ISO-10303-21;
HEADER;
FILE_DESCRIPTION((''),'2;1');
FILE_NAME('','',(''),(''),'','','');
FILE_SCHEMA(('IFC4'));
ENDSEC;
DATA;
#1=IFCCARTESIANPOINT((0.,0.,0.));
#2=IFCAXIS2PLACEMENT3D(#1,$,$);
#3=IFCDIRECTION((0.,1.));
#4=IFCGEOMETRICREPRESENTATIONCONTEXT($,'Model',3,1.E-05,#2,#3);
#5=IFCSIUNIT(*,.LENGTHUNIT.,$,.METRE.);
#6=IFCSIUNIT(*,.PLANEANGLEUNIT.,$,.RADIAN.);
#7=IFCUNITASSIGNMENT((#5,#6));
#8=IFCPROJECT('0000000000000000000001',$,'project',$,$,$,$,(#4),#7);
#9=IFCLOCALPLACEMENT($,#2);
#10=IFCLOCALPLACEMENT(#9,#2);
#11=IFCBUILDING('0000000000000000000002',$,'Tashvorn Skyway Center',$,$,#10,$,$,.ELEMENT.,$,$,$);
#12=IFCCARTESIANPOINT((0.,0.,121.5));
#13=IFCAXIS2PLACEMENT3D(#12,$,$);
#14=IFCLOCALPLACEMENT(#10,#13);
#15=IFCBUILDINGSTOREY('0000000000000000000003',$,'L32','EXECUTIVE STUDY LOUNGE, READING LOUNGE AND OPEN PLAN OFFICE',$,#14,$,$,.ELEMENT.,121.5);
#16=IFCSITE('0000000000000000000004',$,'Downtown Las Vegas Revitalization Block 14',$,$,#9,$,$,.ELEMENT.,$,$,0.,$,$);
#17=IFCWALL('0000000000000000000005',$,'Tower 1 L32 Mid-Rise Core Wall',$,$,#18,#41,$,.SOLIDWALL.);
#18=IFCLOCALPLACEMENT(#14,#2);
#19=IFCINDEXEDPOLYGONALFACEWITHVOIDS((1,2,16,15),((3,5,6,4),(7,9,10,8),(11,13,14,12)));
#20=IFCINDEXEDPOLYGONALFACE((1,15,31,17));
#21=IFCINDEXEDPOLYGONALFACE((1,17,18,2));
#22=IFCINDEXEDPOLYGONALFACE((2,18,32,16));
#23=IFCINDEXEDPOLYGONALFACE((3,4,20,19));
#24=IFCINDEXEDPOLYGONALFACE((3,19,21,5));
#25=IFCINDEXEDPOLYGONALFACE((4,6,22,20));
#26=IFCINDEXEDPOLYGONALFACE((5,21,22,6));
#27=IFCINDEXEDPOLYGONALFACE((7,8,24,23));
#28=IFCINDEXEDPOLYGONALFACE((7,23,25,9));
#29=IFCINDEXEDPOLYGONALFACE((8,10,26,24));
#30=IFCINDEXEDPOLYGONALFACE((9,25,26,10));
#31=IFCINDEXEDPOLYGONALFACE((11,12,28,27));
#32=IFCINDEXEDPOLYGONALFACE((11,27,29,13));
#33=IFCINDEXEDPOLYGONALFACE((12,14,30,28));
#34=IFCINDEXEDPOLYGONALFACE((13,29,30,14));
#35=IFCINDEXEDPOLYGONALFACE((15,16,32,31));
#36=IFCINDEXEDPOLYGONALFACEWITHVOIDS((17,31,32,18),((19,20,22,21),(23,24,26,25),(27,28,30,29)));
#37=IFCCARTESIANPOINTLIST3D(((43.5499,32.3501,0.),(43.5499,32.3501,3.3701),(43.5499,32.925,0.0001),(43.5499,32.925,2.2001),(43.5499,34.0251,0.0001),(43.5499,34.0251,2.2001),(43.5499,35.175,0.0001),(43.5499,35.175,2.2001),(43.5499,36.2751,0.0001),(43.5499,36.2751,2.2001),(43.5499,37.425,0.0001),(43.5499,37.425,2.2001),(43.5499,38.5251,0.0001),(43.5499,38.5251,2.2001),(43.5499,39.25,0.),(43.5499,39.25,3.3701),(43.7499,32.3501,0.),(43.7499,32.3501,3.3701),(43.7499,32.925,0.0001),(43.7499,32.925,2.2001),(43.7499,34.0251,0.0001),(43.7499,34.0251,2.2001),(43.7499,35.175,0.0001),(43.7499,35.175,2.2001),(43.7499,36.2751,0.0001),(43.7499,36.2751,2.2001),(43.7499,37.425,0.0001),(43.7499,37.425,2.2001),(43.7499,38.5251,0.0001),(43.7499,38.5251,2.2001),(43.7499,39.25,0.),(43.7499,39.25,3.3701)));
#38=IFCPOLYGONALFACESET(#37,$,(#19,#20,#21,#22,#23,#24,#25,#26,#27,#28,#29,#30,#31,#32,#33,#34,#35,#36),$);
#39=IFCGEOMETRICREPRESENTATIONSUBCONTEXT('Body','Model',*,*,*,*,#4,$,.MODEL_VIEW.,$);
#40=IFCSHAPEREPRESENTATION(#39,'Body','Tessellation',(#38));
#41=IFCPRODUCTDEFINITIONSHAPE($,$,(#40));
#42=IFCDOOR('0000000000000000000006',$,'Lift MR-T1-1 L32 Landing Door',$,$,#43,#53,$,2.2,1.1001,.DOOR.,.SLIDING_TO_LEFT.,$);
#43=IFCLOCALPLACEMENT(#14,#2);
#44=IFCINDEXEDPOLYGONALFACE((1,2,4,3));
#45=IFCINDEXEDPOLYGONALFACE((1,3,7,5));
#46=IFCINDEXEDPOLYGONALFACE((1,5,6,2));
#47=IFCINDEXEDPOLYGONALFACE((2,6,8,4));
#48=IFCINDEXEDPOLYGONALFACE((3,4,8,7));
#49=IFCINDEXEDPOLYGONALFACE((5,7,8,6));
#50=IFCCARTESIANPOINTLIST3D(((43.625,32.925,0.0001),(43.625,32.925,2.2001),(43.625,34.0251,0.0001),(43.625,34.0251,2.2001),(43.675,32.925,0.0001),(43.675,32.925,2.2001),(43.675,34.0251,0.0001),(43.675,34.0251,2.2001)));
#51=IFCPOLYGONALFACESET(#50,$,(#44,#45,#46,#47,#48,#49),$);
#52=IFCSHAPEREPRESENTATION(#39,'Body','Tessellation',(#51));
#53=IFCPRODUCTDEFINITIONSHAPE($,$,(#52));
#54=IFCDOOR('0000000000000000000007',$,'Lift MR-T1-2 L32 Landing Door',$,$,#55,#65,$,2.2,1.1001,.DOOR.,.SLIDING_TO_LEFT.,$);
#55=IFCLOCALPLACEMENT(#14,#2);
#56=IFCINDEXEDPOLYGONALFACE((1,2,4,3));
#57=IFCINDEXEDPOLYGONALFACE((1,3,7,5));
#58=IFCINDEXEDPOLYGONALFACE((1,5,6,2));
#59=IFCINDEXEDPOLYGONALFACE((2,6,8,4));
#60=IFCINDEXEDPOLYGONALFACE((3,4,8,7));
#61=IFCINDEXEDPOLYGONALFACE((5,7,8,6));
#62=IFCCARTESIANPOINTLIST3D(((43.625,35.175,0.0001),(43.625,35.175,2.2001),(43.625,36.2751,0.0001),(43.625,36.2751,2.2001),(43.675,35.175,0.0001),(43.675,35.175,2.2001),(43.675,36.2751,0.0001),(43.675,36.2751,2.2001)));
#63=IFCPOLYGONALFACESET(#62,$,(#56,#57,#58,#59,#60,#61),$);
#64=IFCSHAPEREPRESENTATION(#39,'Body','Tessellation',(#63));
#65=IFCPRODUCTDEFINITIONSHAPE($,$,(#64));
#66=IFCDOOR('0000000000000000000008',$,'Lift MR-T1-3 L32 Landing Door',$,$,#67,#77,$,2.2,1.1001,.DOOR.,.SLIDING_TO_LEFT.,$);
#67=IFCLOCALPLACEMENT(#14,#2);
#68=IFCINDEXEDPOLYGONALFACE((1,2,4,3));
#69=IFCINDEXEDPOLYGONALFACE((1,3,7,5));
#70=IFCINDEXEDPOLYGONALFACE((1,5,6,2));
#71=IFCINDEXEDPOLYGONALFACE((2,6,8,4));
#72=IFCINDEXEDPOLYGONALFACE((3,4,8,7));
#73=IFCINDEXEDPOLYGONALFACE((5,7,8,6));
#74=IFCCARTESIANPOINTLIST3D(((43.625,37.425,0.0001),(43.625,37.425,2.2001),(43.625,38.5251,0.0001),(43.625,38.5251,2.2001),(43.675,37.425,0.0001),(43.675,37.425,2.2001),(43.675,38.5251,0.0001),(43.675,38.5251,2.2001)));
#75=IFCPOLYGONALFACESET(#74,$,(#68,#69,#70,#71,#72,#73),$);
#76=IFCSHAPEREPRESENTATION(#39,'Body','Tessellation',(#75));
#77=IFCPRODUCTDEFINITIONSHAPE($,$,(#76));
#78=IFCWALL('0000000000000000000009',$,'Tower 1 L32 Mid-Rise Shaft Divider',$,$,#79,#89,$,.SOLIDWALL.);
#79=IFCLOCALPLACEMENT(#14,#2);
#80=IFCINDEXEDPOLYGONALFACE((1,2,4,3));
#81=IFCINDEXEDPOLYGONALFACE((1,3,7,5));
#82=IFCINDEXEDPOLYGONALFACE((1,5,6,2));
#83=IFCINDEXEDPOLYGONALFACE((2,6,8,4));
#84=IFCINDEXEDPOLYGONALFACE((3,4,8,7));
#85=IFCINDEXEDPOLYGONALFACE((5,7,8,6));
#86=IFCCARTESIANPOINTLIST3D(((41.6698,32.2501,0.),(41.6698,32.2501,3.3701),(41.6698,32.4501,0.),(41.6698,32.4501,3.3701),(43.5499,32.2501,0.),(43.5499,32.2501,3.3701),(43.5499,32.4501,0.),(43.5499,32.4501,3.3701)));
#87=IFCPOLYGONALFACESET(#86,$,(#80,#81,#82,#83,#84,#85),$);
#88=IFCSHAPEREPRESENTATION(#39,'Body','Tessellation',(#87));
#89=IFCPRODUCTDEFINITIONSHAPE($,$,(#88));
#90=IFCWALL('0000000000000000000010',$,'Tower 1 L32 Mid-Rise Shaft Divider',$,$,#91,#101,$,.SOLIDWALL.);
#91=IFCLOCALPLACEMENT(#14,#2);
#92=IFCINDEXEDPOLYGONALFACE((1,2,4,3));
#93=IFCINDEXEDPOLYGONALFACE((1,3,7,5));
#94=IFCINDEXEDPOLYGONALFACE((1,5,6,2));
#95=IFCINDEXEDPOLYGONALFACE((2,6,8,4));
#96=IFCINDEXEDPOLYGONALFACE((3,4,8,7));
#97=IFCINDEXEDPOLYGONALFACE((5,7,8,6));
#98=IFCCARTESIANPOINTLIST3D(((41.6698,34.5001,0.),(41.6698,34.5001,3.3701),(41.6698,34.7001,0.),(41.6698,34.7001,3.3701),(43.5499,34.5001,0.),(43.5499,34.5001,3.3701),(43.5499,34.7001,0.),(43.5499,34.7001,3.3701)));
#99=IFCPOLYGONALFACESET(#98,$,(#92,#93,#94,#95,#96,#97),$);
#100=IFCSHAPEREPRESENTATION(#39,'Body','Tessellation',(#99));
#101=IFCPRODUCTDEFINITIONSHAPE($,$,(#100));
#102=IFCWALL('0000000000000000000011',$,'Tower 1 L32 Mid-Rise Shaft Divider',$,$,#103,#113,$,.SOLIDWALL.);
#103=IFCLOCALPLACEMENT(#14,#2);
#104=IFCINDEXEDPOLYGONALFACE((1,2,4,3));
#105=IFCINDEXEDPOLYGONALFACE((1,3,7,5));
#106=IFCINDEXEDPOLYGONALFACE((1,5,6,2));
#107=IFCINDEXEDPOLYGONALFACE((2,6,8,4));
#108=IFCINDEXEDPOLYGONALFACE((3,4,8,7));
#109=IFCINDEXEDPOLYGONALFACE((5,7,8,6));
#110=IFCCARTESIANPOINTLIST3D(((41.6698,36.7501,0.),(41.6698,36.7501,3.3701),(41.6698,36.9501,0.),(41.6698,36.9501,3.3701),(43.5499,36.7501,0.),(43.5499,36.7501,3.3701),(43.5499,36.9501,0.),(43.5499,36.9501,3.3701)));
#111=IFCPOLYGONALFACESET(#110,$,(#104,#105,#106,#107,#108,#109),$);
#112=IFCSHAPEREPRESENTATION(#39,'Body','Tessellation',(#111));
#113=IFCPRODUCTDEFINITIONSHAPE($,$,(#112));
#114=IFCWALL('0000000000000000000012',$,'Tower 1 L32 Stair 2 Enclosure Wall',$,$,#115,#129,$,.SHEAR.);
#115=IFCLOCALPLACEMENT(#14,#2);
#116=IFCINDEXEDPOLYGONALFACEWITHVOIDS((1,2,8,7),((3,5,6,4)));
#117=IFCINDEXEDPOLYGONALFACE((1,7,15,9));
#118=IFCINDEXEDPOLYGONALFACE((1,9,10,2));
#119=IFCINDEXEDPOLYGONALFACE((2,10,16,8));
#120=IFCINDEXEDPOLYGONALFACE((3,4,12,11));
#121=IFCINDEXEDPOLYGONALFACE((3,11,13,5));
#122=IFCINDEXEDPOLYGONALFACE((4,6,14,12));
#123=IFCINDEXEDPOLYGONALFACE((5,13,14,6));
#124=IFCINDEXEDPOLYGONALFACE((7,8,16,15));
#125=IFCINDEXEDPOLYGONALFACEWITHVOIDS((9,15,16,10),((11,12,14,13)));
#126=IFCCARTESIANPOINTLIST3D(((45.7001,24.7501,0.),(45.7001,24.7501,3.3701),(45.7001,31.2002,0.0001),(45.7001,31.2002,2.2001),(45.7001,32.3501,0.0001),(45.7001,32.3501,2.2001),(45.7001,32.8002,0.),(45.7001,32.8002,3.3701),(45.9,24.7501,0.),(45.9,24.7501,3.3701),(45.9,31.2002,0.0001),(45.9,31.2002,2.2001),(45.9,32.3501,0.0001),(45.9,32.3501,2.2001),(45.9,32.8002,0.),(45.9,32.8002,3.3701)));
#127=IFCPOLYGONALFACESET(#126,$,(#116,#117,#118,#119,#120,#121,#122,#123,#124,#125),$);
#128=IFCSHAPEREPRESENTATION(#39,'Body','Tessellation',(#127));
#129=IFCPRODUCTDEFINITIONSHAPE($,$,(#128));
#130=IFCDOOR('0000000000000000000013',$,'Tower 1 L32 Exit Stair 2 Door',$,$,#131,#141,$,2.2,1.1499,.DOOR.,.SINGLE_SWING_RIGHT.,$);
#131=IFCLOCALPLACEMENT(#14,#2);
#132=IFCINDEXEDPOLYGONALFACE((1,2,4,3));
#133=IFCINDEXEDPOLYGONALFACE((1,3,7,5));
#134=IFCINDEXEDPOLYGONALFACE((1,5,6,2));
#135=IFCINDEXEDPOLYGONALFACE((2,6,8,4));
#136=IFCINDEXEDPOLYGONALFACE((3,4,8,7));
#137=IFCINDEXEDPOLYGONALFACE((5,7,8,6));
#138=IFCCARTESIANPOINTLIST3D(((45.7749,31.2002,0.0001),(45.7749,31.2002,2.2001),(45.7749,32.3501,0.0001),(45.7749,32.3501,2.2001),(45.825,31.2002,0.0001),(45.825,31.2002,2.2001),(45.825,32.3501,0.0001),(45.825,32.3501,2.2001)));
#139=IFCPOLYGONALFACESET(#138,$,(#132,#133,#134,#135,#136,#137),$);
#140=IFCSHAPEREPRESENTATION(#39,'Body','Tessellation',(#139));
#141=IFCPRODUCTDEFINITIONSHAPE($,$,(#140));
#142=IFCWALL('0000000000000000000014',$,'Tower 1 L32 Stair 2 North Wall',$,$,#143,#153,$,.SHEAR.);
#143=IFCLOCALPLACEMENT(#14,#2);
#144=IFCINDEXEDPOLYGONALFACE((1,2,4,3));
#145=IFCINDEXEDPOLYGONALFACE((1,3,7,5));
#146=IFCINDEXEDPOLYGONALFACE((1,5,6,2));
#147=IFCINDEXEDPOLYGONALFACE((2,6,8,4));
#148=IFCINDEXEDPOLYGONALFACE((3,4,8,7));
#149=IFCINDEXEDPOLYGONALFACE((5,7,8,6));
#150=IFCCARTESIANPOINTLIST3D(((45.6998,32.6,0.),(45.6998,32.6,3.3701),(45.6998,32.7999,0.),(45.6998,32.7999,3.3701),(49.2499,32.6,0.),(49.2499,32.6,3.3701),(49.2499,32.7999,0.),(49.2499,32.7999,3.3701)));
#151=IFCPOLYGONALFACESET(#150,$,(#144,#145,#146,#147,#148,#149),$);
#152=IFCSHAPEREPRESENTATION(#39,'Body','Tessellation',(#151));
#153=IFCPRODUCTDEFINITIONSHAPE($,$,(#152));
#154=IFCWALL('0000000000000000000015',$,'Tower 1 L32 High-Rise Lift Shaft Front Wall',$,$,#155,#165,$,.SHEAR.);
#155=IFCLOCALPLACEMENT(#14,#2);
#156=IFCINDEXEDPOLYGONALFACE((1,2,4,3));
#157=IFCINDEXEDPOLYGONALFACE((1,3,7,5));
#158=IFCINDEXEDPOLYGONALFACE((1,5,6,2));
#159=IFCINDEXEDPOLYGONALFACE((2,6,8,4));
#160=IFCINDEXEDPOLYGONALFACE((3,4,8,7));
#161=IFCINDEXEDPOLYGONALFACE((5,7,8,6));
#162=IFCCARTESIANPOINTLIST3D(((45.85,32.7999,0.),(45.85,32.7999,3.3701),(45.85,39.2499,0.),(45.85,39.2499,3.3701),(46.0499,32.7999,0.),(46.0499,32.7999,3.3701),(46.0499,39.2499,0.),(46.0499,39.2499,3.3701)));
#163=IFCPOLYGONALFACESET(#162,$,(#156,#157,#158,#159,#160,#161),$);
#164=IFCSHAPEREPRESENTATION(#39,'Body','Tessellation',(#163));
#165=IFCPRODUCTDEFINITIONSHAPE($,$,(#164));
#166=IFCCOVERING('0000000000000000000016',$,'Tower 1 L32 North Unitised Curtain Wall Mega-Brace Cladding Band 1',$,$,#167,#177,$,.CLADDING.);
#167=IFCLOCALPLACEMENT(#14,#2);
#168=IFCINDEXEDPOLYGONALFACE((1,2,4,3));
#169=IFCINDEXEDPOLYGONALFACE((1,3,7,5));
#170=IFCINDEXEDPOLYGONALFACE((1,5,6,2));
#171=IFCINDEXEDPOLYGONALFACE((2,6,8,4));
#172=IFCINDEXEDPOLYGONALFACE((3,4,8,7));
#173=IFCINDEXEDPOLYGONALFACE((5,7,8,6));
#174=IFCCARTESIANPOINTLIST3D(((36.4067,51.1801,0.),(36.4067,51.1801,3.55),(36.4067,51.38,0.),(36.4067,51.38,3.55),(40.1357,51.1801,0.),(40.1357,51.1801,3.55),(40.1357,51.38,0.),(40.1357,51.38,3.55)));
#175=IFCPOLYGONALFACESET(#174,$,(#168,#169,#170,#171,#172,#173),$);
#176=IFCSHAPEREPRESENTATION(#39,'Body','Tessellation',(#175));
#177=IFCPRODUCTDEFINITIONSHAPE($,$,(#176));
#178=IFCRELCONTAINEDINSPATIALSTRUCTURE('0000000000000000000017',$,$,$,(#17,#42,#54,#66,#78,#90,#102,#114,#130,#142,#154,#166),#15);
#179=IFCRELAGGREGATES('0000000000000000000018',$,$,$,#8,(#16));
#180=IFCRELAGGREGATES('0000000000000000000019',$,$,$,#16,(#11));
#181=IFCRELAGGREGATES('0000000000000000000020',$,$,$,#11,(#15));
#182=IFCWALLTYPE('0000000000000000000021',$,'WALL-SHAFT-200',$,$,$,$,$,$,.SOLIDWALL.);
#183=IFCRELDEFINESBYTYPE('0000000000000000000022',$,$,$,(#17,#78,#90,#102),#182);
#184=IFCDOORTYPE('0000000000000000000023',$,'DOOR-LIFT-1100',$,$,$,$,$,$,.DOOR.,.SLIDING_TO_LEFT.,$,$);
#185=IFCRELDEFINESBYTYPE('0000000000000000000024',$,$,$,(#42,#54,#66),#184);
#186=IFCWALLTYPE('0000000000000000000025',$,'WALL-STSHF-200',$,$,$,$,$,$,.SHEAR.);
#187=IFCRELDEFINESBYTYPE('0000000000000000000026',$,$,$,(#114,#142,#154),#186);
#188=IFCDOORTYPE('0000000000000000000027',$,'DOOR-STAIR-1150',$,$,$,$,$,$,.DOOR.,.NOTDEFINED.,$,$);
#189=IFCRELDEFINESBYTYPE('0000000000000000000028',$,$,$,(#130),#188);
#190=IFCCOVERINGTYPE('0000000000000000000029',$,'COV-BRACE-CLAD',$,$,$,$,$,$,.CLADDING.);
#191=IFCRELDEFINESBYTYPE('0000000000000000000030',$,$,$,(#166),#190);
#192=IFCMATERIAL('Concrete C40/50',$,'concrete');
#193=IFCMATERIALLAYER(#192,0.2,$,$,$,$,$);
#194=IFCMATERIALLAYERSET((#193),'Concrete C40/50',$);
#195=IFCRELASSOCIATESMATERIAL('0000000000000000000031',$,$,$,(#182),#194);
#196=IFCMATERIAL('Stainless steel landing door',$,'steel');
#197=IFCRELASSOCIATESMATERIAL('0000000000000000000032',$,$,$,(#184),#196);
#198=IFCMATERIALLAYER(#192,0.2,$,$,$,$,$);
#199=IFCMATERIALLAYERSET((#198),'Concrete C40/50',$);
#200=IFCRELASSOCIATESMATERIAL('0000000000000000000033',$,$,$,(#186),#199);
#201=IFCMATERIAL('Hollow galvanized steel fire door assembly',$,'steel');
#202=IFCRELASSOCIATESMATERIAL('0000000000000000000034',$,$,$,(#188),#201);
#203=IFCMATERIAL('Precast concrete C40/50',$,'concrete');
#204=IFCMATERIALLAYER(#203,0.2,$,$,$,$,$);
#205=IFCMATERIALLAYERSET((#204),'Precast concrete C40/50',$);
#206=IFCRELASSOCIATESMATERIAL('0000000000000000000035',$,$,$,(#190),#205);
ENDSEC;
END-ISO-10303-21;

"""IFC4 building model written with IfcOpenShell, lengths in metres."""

from ifc_helpers import new_model, si_unit, direction, frame, frame_2d, origin, origin_2d, place, context, subcontext, project, spatial, rectangle, extrude, material, layer, layer_set, type_object, element, fill, save


model = new_model("IFC4")

# Units and contexts
model_context = context("Model", 3, precision=1e-05, world=origin(), true_north=direction((0.0, 1.0)))
body_context = subcontext(model_context, "Body", "Model", "MODEL_VIEW")
ifc_project = project(units=[si_unit("LENGTHUNIT", "METRE"), si_unit("PLANEANGLEUNIT", "RADIAN")], contexts=[model_context])

# Site, building, storey
site_placement = place(None, origin())
site = spatial("IfcSite", under=ifc_project, at=site_placement, Name="Downtown Las Vegas Revitalization Block 14", CompositionType="ELEMENT", RefElevation=0.0)
building_placement = place(site_placement, origin())
building = spatial("IfcBuilding", under=site, at=building_placement, Name="Tashvorn Skyway Center", CompositionType="ELEMENT")
storey_placement = place(building_placement, frame((0.0, 0.0, 121.5)))
storey = spatial("IfcBuildingStorey", under=building, at=storey_placement, Name="L32", Description="EXECUTIVE STUDY LOUNGE, READING LOUNGE AND OPEN PLAN OFFICE", CompositionType="ELEMENT", Elevation=121.5)

# Shared definitions
ifc_material_1 = material(Name="Concrete C40/50", Category="concrete")

# Shared definitions
ifc_material_2 = material(Name="Hollow galvanized steel fire door assembly", Category="steel")

# Shared definitions
ifc_layer_1 = layer(ifc_material_1, 0.2)
ifc_layer_set_1 = layer_set([ifc_layer_1], Name="Concrete C40/50")
wall_type_1 = type_object("IfcWallType", Name="WALL-SHAFT-200", PredefinedType="SOLIDWALL", material=ifc_layer_set_1)

# Wall, openings, doors
wall_1_placement = place(storey_placement, frame((43.6499, 32.3501, 0.0), z_axis=(0.0, 0.0, 1.0), x_axis=(0.0, 1.0, 0.0)))
wall_1 = element("IfcWall", 1, at=wall_1_placement, inside=storey, type_object=wall_type_1, Name="Tower 1 L32 Mid-Rise Core Wall", PredefinedType="SOLIDWALL", context=body_context, shape_type="SweptSolid", body=[
    extrude(rectangle(XDim=6.8999, YDim=0.2, at=frame_2d((3.45, 0.0))), origin(), (0.0, 0.0, 1.0), 3.3701),
])
opening_1_placement = place(wall_1_placement, frame((0.575, 0.0, 0.0)))
opening_1 = element("IfcOpeningElement", 2, at=opening_1_placement, cuts=wall_1, PredefinedType="OPENING", context=body_context, shape_type="SweptSolid", body=[
    extrude(rectangle(XDim=1.1001, YDim=2.2, at=frame_2d((0.55, 1.1001))), frame((0.0, 0.1099, 0.0), z_axis=(0.0, -1.0, 0.0), x_axis=(1.0, 0.0, 0.0)), (0.0, 0.0, 1.0), 0.22),
])
opening_2_placement = place(wall_1_placement, frame((2.825, 0.0, 0.0)))
opening_2 = element("IfcOpeningElement", 3, at=opening_2_placement, cuts=wall_1, PredefinedType="OPENING", context=body_context, shape_type="SweptSolid", body=[
    extrude(rectangle(XDim=1.1001, YDim=2.2, at=frame_2d((0.55, 1.1001))), frame((0.0, 0.1099, 0.0), z_axis=(0.0, -1.0, 0.0), x_axis=(1.0, 0.0, 0.0)), (0.0, 0.0, 1.0), 0.22),
])
opening_3_placement = place(wall_1_placement, frame((5.075, 0.0, 0.0)))
opening_3 = element("IfcOpeningElement", 4, at=opening_3_placement, cuts=wall_1, PredefinedType="OPENING", context=body_context, shape_type="SweptSolid", body=[
    extrude(rectangle(XDim=1.1001, YDim=2.2, at=frame_2d((0.55, 1.1001))), frame((0.0, 0.1099, 0.0), z_axis=(0.0, -1.0, 0.0), x_axis=(1.0, 0.0, 0.0)), (0.0, 0.0, 1.0), 0.22),
])
ifc_material_3 = material(Name="Stainless steel landing door", Category="steel")
door_type_1 = type_object("IfcDoorType", Name="DOOR-LIFT-1100", OperationType="SLIDING_TO_LEFT", PredefinedType="DOOR", material=ifc_material_3)
door_1_placement = place(opening_1_placement, origin())
door_1 = element("IfcDoor", 5, at=door_1_placement, inside=storey, type_object=door_type_1, Name="Lift MR-T1-1 L32 Landing Door", OperationType="SLIDING_TO_LEFT", OverallHeight=2.2, OverallWidth=1.1001, PredefinedType="DOOR", context=body_context, shape_type="SweptSolid", body=[
    extrude(rectangle(XDim=1.1001, YDim=2.2, at=frame_2d((0.55, 1.1001))), frame((0.0, 0.0249, 0.0), z_axis=(0.0, -1.0, 0.0), x_axis=(1.0, 0.0, 0.0)), (0.0, 0.0, 1.0), 0.05),
])
fill(opening_1, door_1)
door_2_placement = place(opening_2_placement, origin())
door_2 = element("IfcDoor", 6, at=door_2_placement, inside=storey, type_object=door_type_1, Name="Lift MR-T1-2 L32 Landing Door", OperationType="SLIDING_TO_LEFT", OverallHeight=2.2, OverallWidth=1.1001, PredefinedType="DOOR", context=body_context, shape_type="SweptSolid", body=[
    extrude(rectangle(XDim=1.1001, YDim=2.2, at=frame_2d((0.55, 1.1001))), frame((0.0, 0.0249, 0.0), z_axis=(0.0, -1.0, 0.0), x_axis=(1.0, 0.0, 0.0)), (0.0, 0.0, 1.0), 0.05),
])
fill(opening_2, door_2)
door_3_placement = place(opening_3_placement, origin())
door_3 = element("IfcDoor", 7, at=door_3_placement, inside=storey, type_object=door_type_1, Name="Lift MR-T1-3 L32 Landing Door", OperationType="SLIDING_TO_LEFT", OverallHeight=2.2, OverallWidth=1.1001, PredefinedType="DOOR", context=body_context, shape_type="SweptSolid", body=[
    extrude(rectangle(XDim=1.1001, YDim=2.2, at=frame_2d((0.55, 1.1001))), frame((0.0, 0.0249, 0.0), z_axis=(0.0, -1.0, 0.0), x_axis=(1.0, 0.0, 0.0)), (0.0, 0.0, 1.0), 0.05),
])
fill(opening_3, door_3)

# Walls
for number, where, z_axis, x_axis, name in (
    (8, (41.6699, 32.3501, 0.0), (0.0, 0.0, 1.0), (1.0, 0.0, 0.0), "Tower 1 L32 Mid-Rise Shaft Divider"),
    (9, (41.6699, 34.6001, 0.0), (0.0, 0.0, 1.0), (1.0, 0.0, 0.0), "Tower 1 L32 Mid-Rise Shaft Divider"),
    (10, (41.6699, 36.8501, 0.0), (0.0, 0.0, 1.0), (1.0, 0.0, 0.0), "Tower 1 L32 Mid-Rise Shaft Divider"),
):
    element("IfcWall", number, at=place(storey_placement, frame(where, z_axis=z_axis, x_axis=x_axis)), inside=storey, type_object=wall_type_1, Name=name, PredefinedType="SOLIDWALL", context=body_context, shape_type="SweptSolid", body=[
        extrude(rectangle(XDim=1.8801, YDim=0.2, at=frame_2d((0.9399, 0.0))), origin(), (0.0, 0.0, 1.0), 3.3701),
    ])

# Wall, opening, door
ifc_layer_2 = layer(ifc_material_1, 0.2)
ifc_layer_set_2 = layer_set([ifc_layer_2], Name="Concrete C40/50")
wall_type_2 = type_object("IfcWallType", Name="WALL-STSHF-200", PredefinedType="SHEAR", material=ifc_layer_set_2)
wall_2_placement = place(storey_placement, frame((45.8, 32.8, 0.0), z_axis=(0.0, 0.0, 1.0), x_axis=(0.0, -1.0, 0.0)))
wall_2 = element("IfcWall", 11, at=wall_2_placement, inside=storey, type_object=wall_type_2, Name="Tower 1 L32 Stair 2 Enclosure Wall", PredefinedType="SHEAR", context=body_context, shape_type="SweptSolid", body=[
    extrude(rectangle(XDim=8.05, YDim=0.2, at=frame_2d((4.0249, 0.0))), origin(), (0.0, 0.0, 1.0), 3.3701),
])
opening_4_placement = place(wall_2_placement, frame((0.45, 0.0, 0.0)))
opening_4 = element("IfcOpeningElement", 12, at=opening_4_placement, cuts=wall_2, PredefinedType="OPENING", context=body_context, shape_type="SweptSolid", body=[
    extrude(rectangle(XDim=1.1499, YDim=2.2, at=frame_2d((0.575, 1.1001))), frame((0.0, 0.1099, 0.0), z_axis=(0.0, -1.0, 0.0), x_axis=(1.0, 0.0, 0.0)), (0.0, 0.0, 1.0), 0.22),
])
door_type_2 = type_object("IfcDoorType", Name="DOOR-STAIR-1150", OperationType="NOTDEFINED", PredefinedType="DOOR", material=ifc_material_2)
door_4_placement = place(opening_4_placement, origin())
door_4 = element("IfcDoor", 13, at=door_4_placement, inside=storey, type_object=door_type_2, Name="Tower 1 L32 Exit Stair 2 Door", OperationType="SINGLE_SWING_RIGHT", OverallHeight=2.2, OverallWidth=1.1499, PredefinedType="DOOR", context=body_context, shape_type="SweptSolid", body=[
    extrude(rectangle(XDim=1.1499, YDim=2.2, at=frame_2d((0.575, 1.1001))), frame((0.0, 0.0249, 0.0), z_axis=(0.0, -1.0, 0.0), x_axis=(1.0, 0.0, 0.0)), (0.0, 0.0, 1.0), 0.05),
])
fill(opening_4, door_4)

# Walls
wall_3_placement = place(storey_placement, frame((45.7, 32.7, 0.0), z_axis=(0.0, 0.0, 1.0), x_axis=(1.0, 0.0, 0.0)))
element("IfcWall", 14, at=wall_3_placement, inside=storey, type_object=wall_type_2, Name="Tower 1 L32 Stair 2 North Wall", PredefinedType="SHEAR", context=body_context, shape_type="SweptSolid", body=[
    extrude(rectangle(XDim=3.55, YDim=0.2, at=frame_2d((1.7749, 0.0))), origin(), (0.0, 0.0, 1.0), 3.3701),
])
wall_4_placement = place(storey_placement, frame((45.95, 39.25, 0.0), z_axis=(0.0, 0.0, 1.0), x_axis=(0.0, -1.0, 0.0)))
element("IfcWall", 15, at=wall_4_placement, inside=storey, type_object=wall_type_2, Name="Tower 1 L32 High-Rise Lift Shaft Front Wall", PredefinedType="SHEAR", context=body_context, shape_type="SweptSolid", body=[
    extrude(rectangle(XDim=6.45, YDim=0.2, at=frame_2d((3.2251, 0.0))), origin(), (0.0, 0.0, 1.0), 3.3701),
])

# Covering
ifc_material_4 = material(Name="Precast concrete C40/50", Category="concrete")
ifc_layer_3 = layer(ifc_material_4, 0.2)
ifc_layer_set_3 = layer_set([ifc_layer_3], Name="Precast concrete C40/50")
covering_type_1 = type_object("IfcCoveringType", Name="COV-BRACE-CLAD", PredefinedType="CLADDING", material=ifc_layer_set_3)
for number, where, z_axis, x_axis, name in (
    (16, (38.2712, 51.28, 0.0), (0.0, 0.0, 1.0), (1.0, 0.0, 0.0), "Tower 1 L32 North Unitised Curtain Wall Mega-Brace Cladding Band 1"),
):
    element("IfcCovering", number, at=place(storey_placement, frame(where, z_axis=z_axis, x_axis=x_axis)), inside=storey, type_object=covering_type_1, Name=name, PredefinedType="CLADDING", context=body_context, shape_type="SweptSolid", body=[
        extrude(rectangle(XDim=3.729, YDim=0.2, at=origin_2d()), origin(), (0.0, 0.0, 1.0), 3.55),
    ])

save(model, "model.ifc")
